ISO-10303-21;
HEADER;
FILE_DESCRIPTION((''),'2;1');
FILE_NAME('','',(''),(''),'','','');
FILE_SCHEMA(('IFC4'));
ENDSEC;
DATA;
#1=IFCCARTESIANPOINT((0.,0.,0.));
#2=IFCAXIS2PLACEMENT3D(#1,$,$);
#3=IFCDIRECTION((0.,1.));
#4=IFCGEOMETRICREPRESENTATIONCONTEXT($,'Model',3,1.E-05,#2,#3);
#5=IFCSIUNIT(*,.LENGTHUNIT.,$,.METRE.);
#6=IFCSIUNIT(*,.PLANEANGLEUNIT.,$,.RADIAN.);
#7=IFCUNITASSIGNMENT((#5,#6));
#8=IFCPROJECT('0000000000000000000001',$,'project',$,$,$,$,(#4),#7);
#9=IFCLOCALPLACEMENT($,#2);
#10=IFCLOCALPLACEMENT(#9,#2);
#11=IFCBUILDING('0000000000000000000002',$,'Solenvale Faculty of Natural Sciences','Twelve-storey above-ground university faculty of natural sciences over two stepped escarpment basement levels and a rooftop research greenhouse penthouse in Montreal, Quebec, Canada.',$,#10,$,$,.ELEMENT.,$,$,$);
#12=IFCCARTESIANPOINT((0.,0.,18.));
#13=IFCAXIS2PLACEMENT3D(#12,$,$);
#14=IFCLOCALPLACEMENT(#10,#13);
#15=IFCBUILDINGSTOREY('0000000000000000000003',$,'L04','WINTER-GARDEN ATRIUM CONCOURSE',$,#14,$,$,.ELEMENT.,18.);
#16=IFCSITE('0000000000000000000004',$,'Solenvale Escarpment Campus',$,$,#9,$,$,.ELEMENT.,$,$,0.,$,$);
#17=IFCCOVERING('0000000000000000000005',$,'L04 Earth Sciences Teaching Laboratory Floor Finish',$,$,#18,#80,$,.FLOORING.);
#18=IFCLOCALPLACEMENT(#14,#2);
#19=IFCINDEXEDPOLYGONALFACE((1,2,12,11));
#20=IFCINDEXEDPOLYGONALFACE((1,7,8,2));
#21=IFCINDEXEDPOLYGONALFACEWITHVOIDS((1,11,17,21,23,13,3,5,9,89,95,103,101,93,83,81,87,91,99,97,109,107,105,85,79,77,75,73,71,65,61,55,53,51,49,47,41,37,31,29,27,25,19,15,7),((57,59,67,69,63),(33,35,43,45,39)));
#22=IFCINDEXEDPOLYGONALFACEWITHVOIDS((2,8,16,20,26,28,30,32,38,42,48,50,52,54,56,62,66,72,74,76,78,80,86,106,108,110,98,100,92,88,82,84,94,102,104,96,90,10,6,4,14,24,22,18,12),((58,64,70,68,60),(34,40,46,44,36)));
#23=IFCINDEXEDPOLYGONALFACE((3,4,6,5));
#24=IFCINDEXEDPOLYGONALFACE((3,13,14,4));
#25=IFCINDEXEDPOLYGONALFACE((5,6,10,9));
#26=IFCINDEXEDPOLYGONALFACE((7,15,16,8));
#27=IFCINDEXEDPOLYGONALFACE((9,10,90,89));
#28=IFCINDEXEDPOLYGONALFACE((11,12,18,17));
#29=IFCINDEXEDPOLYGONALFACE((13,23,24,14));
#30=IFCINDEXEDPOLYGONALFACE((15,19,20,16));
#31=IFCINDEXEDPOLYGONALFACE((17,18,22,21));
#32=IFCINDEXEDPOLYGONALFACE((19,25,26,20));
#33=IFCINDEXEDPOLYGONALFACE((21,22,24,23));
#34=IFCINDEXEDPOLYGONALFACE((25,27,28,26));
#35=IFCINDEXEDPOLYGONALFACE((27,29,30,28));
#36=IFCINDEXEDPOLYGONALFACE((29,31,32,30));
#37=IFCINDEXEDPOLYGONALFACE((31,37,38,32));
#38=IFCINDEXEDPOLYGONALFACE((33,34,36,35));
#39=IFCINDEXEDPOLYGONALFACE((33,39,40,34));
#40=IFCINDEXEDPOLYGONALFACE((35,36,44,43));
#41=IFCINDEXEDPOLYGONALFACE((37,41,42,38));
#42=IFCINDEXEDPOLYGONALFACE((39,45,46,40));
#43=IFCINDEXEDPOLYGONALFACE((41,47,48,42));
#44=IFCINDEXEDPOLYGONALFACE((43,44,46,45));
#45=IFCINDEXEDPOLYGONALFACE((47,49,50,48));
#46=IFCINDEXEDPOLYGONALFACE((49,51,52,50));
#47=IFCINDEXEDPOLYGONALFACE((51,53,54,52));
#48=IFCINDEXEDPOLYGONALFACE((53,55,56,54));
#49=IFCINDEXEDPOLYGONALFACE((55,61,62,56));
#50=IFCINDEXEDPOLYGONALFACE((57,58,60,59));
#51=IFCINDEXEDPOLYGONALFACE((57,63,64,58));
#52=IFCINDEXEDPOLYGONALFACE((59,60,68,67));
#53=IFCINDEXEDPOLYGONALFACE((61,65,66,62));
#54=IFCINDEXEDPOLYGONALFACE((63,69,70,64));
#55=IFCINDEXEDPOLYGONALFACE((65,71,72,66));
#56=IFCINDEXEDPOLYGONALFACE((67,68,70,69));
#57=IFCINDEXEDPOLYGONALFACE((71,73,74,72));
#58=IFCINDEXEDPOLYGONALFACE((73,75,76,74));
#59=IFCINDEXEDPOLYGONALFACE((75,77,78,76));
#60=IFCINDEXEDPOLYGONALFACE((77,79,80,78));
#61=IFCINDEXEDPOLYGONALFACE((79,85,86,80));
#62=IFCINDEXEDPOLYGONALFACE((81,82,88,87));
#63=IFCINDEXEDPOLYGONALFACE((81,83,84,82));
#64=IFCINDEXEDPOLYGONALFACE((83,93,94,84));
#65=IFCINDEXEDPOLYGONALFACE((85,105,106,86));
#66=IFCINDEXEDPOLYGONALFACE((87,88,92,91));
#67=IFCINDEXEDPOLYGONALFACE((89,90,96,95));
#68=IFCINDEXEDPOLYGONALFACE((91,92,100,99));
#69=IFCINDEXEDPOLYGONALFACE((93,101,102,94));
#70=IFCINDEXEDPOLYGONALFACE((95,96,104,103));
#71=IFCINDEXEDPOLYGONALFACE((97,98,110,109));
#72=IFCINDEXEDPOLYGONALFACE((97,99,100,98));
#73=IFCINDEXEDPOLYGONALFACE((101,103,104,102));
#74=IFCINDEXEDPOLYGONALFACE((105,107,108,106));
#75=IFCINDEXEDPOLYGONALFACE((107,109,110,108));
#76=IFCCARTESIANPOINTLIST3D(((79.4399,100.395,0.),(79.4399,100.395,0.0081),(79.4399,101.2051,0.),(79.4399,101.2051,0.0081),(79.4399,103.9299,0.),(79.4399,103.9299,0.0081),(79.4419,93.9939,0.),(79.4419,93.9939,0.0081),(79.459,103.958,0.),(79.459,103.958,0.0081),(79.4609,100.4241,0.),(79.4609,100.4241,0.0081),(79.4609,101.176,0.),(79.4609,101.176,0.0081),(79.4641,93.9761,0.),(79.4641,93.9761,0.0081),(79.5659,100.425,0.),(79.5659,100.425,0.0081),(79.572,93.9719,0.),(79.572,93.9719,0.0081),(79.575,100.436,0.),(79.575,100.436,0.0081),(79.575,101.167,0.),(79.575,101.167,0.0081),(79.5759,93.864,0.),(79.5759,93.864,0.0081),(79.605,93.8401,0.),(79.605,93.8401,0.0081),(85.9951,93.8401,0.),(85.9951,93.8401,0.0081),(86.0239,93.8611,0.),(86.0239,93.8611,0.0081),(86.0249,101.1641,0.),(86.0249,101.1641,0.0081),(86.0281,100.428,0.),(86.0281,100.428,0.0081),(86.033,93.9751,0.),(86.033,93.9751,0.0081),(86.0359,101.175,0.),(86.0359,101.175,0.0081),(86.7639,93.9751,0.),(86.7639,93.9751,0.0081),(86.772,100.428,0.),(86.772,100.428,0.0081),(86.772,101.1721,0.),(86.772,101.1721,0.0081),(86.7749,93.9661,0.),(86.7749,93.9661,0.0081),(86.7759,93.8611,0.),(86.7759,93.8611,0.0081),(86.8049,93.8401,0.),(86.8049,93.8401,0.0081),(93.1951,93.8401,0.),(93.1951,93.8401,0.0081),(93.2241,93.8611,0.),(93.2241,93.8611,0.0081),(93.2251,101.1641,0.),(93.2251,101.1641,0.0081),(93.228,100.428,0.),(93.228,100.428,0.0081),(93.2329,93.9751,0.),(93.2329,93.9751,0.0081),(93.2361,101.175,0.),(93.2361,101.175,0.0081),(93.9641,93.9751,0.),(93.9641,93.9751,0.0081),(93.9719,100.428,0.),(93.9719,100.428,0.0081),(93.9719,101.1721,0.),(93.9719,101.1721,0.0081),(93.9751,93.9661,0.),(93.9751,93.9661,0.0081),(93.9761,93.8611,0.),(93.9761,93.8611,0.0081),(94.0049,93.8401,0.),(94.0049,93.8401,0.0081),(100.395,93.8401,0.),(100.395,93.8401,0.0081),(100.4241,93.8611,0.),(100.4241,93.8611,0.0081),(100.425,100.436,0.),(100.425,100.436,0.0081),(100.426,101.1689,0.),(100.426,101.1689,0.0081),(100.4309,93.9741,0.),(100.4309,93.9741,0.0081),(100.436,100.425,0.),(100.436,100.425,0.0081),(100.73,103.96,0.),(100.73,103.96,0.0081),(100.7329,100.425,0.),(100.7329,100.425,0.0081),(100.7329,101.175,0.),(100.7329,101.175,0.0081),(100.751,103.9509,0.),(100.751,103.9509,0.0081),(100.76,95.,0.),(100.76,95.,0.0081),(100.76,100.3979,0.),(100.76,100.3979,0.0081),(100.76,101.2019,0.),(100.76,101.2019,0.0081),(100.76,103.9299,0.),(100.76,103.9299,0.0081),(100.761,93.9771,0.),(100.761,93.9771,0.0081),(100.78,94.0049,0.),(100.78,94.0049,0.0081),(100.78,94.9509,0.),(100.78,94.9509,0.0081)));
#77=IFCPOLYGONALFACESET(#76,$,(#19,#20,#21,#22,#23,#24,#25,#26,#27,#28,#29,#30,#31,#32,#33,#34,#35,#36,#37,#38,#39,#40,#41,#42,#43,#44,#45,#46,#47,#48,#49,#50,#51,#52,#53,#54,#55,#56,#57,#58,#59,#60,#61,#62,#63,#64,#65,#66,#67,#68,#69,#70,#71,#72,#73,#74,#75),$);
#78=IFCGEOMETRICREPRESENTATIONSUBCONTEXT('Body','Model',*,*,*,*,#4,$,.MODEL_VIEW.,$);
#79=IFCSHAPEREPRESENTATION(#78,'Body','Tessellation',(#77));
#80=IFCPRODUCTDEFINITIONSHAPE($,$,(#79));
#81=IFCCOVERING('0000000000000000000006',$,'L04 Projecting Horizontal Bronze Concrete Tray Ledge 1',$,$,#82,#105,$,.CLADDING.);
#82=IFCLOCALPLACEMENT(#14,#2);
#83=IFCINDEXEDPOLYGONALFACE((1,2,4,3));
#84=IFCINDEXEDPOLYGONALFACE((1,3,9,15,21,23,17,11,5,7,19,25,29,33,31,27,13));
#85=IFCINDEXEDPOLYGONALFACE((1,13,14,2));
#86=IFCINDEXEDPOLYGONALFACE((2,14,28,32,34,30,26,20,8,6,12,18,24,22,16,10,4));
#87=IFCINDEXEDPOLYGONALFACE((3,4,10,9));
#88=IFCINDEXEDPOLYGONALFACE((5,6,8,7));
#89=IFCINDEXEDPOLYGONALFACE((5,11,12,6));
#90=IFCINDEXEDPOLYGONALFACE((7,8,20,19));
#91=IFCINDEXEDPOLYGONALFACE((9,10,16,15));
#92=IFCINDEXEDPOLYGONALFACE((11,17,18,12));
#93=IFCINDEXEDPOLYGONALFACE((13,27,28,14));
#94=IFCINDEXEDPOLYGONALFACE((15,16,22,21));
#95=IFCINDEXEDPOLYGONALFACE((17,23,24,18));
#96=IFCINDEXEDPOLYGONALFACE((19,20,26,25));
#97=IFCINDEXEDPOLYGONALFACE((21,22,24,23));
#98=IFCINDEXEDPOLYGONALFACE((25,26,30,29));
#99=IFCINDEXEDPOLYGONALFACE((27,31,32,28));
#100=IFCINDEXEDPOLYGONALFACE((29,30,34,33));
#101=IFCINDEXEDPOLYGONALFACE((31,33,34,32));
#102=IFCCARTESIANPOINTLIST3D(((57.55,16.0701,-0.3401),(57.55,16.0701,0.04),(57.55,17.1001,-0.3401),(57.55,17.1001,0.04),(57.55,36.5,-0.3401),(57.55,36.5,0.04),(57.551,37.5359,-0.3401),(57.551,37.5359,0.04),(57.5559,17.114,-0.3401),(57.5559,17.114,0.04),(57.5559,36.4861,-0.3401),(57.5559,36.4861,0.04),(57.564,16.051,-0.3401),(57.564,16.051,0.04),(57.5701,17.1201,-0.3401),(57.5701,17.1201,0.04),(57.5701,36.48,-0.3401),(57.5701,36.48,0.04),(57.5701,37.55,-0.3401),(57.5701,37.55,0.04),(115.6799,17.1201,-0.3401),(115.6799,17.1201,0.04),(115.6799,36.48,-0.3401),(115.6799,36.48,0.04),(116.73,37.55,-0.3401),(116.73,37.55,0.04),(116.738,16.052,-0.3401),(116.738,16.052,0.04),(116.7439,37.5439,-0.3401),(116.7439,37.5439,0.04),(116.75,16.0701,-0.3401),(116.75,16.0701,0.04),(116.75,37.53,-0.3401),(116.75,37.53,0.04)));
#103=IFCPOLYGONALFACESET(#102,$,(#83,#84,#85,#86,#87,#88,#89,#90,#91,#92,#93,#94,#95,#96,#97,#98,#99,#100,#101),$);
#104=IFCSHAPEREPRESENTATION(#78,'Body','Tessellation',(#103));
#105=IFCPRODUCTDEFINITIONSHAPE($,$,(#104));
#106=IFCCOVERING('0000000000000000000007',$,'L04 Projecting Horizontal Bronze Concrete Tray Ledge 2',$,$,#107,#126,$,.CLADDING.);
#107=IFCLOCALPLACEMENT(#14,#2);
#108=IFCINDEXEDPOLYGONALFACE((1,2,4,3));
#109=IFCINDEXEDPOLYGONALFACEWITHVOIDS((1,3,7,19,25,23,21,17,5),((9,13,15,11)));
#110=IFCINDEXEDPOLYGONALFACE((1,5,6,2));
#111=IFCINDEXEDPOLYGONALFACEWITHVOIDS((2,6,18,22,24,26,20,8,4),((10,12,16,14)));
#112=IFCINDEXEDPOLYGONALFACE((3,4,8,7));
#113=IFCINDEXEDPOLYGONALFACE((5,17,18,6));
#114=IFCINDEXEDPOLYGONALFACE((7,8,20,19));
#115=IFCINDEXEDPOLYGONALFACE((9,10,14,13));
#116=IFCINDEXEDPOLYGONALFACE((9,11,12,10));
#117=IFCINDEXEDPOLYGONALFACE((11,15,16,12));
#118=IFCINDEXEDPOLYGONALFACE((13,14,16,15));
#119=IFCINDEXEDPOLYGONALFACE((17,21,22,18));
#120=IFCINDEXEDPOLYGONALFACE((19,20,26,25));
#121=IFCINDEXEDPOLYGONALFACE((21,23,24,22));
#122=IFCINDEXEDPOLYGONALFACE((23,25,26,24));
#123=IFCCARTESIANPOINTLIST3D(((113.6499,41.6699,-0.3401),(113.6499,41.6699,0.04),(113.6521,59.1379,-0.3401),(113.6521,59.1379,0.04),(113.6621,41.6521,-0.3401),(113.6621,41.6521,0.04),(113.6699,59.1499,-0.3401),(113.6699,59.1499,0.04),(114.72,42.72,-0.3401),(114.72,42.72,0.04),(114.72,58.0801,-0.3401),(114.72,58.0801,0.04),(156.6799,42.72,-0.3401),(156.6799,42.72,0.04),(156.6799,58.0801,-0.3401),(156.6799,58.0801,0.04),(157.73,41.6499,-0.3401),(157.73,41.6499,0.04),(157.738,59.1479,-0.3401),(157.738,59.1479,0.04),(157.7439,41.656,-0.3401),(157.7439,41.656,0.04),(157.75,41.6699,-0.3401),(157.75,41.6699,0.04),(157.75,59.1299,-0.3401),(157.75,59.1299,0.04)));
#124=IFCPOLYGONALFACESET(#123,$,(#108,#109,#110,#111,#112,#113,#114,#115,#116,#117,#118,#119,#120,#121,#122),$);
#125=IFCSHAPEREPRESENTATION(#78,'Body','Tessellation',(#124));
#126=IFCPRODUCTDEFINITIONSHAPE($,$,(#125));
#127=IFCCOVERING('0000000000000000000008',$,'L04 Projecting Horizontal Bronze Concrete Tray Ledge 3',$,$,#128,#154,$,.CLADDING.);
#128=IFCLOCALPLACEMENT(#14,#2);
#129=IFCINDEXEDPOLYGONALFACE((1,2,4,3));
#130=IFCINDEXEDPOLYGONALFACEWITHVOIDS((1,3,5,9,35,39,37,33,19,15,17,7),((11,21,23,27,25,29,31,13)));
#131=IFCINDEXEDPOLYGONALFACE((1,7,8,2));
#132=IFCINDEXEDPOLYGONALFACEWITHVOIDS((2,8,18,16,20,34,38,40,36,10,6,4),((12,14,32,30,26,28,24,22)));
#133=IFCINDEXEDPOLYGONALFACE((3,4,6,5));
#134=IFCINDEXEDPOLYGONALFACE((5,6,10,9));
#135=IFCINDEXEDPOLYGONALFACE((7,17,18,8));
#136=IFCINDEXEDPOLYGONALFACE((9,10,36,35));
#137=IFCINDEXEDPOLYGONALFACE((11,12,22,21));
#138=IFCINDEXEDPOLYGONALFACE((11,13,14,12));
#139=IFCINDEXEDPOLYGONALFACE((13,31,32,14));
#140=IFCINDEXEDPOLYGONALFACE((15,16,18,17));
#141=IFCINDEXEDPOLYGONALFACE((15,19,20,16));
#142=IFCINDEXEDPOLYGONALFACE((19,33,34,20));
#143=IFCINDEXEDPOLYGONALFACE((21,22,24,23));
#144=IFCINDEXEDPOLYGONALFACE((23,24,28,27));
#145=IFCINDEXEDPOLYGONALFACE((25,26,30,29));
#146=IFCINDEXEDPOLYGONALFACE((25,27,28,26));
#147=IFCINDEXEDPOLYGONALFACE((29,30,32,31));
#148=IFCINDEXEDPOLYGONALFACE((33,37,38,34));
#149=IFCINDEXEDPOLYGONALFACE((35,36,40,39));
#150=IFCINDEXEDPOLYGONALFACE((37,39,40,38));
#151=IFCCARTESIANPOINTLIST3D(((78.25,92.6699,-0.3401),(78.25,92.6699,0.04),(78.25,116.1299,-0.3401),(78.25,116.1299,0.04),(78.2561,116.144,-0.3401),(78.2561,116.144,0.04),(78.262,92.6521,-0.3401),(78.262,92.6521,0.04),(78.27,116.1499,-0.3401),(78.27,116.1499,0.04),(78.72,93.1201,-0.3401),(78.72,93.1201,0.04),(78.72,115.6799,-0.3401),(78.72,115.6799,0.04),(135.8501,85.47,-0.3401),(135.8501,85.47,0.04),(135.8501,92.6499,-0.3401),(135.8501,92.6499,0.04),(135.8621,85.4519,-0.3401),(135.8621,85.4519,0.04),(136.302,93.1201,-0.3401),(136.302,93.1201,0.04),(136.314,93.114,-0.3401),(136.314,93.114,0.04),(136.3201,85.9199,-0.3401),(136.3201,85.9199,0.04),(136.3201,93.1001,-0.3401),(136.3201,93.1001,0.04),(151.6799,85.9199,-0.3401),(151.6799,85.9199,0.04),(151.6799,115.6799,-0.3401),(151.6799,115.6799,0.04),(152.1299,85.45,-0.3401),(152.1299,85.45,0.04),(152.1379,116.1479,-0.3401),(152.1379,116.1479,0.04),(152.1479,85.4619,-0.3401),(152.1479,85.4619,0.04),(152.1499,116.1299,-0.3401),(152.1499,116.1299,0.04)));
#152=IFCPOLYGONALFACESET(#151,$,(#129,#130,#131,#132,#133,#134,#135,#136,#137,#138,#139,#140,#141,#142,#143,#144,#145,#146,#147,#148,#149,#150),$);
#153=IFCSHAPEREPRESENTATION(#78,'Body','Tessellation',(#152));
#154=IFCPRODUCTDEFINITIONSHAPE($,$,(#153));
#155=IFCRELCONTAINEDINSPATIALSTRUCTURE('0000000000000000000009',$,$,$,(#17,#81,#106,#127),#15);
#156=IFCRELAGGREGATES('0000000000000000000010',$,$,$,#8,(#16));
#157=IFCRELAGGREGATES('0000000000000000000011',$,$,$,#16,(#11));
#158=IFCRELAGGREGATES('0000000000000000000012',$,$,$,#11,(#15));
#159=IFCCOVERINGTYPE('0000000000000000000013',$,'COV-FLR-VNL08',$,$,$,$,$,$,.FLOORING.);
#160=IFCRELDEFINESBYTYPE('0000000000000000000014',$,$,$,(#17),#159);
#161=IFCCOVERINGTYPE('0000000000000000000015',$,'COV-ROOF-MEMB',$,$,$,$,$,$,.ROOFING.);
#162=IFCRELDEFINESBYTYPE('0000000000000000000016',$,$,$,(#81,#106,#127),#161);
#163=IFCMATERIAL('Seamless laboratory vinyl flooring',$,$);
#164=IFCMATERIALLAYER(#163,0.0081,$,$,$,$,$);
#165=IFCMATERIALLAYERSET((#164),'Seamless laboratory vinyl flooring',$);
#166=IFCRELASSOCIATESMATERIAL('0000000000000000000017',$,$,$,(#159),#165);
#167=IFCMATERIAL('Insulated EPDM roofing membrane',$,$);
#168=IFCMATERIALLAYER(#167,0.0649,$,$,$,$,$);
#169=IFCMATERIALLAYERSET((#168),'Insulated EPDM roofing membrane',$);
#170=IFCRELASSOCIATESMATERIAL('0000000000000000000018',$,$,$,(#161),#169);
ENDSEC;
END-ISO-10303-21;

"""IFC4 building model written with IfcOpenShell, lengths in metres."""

from ifc_helpers import new_model, si_unit, direction, frame, origin, place, context, subcontext, project, spatial, polyline, outline, extrude, material, layer, layer_set, type_object, element, save


model = new_model("IFC4")

# Units and contexts
model_context = context("Model", 3, precision=1e-05, world=origin(), true_north=direction((0.0, 1.0)))
body_context = subcontext(model_context, "Body", "Model", "MODEL_VIEW")
ifc_project = project(units=[si_unit("LENGTHUNIT", "METRE"), si_unit("PLANEANGLEUNIT", "RADIAN")], contexts=[model_context])

# Site, building, storey
site_placement = place(None, origin())
site = spatial("IfcSite", under=ifc_project, at=site_placement, Name="Solenvale Escarpment Campus", CompositionType="ELEMENT", RefElevation=0.0)
building_placement = place(site_placement, origin())
building = spatial("IfcBuilding", under=site, at=building_placement, Name="Solenvale Faculty of Natural Sciences", Description="Twelve-storey above-ground university faculty of natural sciences over two stepped escarpment basement levels and a rooftop research greenhouse penthouse in Montreal, Quebec, Canada.", CompositionType="ELEMENT")
storey_placement = place(building_placement, frame((0.0, 0.0, 18.0)))
storey = spatial("IfcBuildingStorey", under=building, at=storey_placement, Name="L04", Description="WINTER-GARDEN ATRIUM CONCOURSE", CompositionType="ELEMENT", Elevation=18.0)

# Coverings
ifc_material_1 = material(Name="Seamless laboratory vinyl flooring")
ifc_layer_1 = layer(ifc_material_1, 0.0081)
ifc_layer_set_1 = layer_set([ifc_layer_1], Name="Seamless laboratory vinyl flooring")
covering_type_1 = type_object("IfcCoveringType", Name="COV-FLR-VNL08", PredefinedType="FLOORING", material=ifc_layer_set_1)
covering_1_placement = place(storey_placement, origin())
element("IfcCovering", 1, at=covering_1_placement, inside=storey, type_object=covering_type_1, Name="L04 Earth Sciences Teaching Laboratory Floor Finish", PredefinedType="FLOORING", context=body_context, shape_type="SweptSolid", body=[
    extrude(outline(polyline([(100.73, 103.96), (100.751, 103.9509), (100.76, 103.9299), (100.76, 101.2019), (100.7329, 101.175), (100.426, 101.1689), (100.425, 100.436), (100.436, 100.425), (100.7329, 100.425), (100.76, 100.3979), (100.76, 95.0), (100.78, 94.9509), (100.78, 94.0049), (100.761, 93.9771), (100.4309, 93.9741), (100.4241, 93.8611), (100.395, 93.8401), (94.0049, 93.8401), (93.9761, 93.8611), (93.9751, 93.9661), (93.9641, 93.9751), (93.2329, 93.9751), (93.2241, 93.8611), (93.1951, 93.8401), (86.8049, 93.8401), (86.7759, 93.8611), (86.7749, 93.9661), (86.7639, 93.9751), (86.033, 93.9751), (86.0239, 93.8611), (85.9951, 93.8401), (79.605, 93.8401), (79.5759, 93.864), (79.572, 93.9719), (79.4641, 93.9761), (79.4419, 93.9939), (79.4399, 100.395), (79.4609, 100.4241), (79.5659, 100.425), (79.575, 100.436), (79.575, 101.167), (79.4609, 101.176), (79.4399, 101.2051), (79.4399, 103.9299), (79.459, 103.958), (100.73, 103.96)]), holes=[polyline([(93.2361, 101.175), (93.2251, 101.1641), (93.228, 100.428), (93.9719, 100.428), (93.9719, 101.1721), (93.2361, 101.175)]), polyline([(86.0359, 101.175), (86.0249, 101.1641), (86.0281, 100.428), (86.772, 100.428), (86.772, 101.1721), (86.0359, 101.175)])]), origin(), (0.0, 0.0, 1.0), 0.0081),
])
ifc_material_2 = material(Name="Insulated EPDM roofing membrane")
ifc_layer_2 = layer(ifc_material_2, 0.0649)
ifc_layer_set_2 = layer_set([ifc_layer_2], Name="Insulated EPDM roofing membrane")
covering_type_2 = type_object("IfcCoveringType", Name="COV-ROOF-MEMB", PredefinedType="ROOFING", material=ifc_layer_set_2)
covering_2_placement = place(storey_placement, frame((0.0, 0.0, -0.3401)))
element("IfcCovering", 2, at=covering_2_placement, inside=storey, type_object=covering_type_2, Name="L04 Projecting Horizontal Bronze Concrete Tray Ledge 1", PredefinedType="CLADDING", context=body_context, shape_type="SweptSolid", body=[
    extrude(outline(polyline([(115.6799, 17.1201), (115.6799, 36.48), (57.5701, 36.48), (57.5559, 36.4861), (57.55, 36.5), (57.551, 37.5359), (57.5701, 37.55), (116.73, 37.55), (116.7439, 37.5439), (116.75, 37.53), (116.75, 16.0701), (116.738, 16.052), (57.564, 16.051), (57.55, 16.0701), (57.55, 17.1001), (57.5559, 17.114), (57.5701, 17.1201), (115.6799, 17.1201)])), origin(), (0.0, 0.0, 1.0), 0.3801),
])
covering_3_placement = place(storey_placement, frame((0.0, 0.0, -0.3401)))
element("IfcCovering", 3, at=covering_3_placement, inside=storey, type_object=covering_type_2, Name="L04 Projecting Horizontal Bronze Concrete Tray Ledge 2", PredefinedType="CLADDING", context=body_context, shape_type="SweptSolid", body=[
    extrude(outline(polyline([(157.75, 41.6699), (157.7439, 41.656), (157.73, 41.6499), (113.6621, 41.6521), (113.6499, 41.6699), (113.6521, 59.1379), (113.6699, 59.1499), (157.738, 59.1479), (157.75, 59.1299), (157.75, 41.6699)]), holes=[polyline([(114.72, 42.72), (156.6799, 42.72), (156.6799, 58.0801), (114.72, 58.0801), (114.72, 42.72)])]), origin(), (0.0, 0.0, 1.0), 0.3801),
])
covering_4_placement = place(storey_placement, frame((0.0, 0.0, -0.3401)))
element("IfcCovering", 4, at=covering_4_placement, inside=storey, type_object=covering_type_2, Name="L04 Projecting Horizontal Bronze Concrete Tray Ledge 3", PredefinedType="CLADDING", context=body_context, shape_type="SweptSolid", body=[
    extrude(outline(polyline([(78.25, 116.1299), (78.2561, 116.144), (78.27, 116.1499), (152.1379, 116.1479), (152.1499, 116.1299), (152.1479, 85.4619), (152.1299, 85.45), (135.8621, 85.4519), (135.8501, 85.47), (135.8501, 92.6499), (78.262, 92.6521), (78.25, 92.6699), (78.25, 116.1299)]), holes=[polyline([(78.72, 93.1201), (136.302, 93.1201), (136.314, 93.114), (136.3201, 93.1001), (136.3201, 85.9199), (151.6799, 85.9199), (151.6799, 115.6799), (78.72, 115.6799), (78.72, 93.1201)])]), origin(), (0.0, 0.0, 1.0), 0.3801),
])

save(model, "model.ifc")
